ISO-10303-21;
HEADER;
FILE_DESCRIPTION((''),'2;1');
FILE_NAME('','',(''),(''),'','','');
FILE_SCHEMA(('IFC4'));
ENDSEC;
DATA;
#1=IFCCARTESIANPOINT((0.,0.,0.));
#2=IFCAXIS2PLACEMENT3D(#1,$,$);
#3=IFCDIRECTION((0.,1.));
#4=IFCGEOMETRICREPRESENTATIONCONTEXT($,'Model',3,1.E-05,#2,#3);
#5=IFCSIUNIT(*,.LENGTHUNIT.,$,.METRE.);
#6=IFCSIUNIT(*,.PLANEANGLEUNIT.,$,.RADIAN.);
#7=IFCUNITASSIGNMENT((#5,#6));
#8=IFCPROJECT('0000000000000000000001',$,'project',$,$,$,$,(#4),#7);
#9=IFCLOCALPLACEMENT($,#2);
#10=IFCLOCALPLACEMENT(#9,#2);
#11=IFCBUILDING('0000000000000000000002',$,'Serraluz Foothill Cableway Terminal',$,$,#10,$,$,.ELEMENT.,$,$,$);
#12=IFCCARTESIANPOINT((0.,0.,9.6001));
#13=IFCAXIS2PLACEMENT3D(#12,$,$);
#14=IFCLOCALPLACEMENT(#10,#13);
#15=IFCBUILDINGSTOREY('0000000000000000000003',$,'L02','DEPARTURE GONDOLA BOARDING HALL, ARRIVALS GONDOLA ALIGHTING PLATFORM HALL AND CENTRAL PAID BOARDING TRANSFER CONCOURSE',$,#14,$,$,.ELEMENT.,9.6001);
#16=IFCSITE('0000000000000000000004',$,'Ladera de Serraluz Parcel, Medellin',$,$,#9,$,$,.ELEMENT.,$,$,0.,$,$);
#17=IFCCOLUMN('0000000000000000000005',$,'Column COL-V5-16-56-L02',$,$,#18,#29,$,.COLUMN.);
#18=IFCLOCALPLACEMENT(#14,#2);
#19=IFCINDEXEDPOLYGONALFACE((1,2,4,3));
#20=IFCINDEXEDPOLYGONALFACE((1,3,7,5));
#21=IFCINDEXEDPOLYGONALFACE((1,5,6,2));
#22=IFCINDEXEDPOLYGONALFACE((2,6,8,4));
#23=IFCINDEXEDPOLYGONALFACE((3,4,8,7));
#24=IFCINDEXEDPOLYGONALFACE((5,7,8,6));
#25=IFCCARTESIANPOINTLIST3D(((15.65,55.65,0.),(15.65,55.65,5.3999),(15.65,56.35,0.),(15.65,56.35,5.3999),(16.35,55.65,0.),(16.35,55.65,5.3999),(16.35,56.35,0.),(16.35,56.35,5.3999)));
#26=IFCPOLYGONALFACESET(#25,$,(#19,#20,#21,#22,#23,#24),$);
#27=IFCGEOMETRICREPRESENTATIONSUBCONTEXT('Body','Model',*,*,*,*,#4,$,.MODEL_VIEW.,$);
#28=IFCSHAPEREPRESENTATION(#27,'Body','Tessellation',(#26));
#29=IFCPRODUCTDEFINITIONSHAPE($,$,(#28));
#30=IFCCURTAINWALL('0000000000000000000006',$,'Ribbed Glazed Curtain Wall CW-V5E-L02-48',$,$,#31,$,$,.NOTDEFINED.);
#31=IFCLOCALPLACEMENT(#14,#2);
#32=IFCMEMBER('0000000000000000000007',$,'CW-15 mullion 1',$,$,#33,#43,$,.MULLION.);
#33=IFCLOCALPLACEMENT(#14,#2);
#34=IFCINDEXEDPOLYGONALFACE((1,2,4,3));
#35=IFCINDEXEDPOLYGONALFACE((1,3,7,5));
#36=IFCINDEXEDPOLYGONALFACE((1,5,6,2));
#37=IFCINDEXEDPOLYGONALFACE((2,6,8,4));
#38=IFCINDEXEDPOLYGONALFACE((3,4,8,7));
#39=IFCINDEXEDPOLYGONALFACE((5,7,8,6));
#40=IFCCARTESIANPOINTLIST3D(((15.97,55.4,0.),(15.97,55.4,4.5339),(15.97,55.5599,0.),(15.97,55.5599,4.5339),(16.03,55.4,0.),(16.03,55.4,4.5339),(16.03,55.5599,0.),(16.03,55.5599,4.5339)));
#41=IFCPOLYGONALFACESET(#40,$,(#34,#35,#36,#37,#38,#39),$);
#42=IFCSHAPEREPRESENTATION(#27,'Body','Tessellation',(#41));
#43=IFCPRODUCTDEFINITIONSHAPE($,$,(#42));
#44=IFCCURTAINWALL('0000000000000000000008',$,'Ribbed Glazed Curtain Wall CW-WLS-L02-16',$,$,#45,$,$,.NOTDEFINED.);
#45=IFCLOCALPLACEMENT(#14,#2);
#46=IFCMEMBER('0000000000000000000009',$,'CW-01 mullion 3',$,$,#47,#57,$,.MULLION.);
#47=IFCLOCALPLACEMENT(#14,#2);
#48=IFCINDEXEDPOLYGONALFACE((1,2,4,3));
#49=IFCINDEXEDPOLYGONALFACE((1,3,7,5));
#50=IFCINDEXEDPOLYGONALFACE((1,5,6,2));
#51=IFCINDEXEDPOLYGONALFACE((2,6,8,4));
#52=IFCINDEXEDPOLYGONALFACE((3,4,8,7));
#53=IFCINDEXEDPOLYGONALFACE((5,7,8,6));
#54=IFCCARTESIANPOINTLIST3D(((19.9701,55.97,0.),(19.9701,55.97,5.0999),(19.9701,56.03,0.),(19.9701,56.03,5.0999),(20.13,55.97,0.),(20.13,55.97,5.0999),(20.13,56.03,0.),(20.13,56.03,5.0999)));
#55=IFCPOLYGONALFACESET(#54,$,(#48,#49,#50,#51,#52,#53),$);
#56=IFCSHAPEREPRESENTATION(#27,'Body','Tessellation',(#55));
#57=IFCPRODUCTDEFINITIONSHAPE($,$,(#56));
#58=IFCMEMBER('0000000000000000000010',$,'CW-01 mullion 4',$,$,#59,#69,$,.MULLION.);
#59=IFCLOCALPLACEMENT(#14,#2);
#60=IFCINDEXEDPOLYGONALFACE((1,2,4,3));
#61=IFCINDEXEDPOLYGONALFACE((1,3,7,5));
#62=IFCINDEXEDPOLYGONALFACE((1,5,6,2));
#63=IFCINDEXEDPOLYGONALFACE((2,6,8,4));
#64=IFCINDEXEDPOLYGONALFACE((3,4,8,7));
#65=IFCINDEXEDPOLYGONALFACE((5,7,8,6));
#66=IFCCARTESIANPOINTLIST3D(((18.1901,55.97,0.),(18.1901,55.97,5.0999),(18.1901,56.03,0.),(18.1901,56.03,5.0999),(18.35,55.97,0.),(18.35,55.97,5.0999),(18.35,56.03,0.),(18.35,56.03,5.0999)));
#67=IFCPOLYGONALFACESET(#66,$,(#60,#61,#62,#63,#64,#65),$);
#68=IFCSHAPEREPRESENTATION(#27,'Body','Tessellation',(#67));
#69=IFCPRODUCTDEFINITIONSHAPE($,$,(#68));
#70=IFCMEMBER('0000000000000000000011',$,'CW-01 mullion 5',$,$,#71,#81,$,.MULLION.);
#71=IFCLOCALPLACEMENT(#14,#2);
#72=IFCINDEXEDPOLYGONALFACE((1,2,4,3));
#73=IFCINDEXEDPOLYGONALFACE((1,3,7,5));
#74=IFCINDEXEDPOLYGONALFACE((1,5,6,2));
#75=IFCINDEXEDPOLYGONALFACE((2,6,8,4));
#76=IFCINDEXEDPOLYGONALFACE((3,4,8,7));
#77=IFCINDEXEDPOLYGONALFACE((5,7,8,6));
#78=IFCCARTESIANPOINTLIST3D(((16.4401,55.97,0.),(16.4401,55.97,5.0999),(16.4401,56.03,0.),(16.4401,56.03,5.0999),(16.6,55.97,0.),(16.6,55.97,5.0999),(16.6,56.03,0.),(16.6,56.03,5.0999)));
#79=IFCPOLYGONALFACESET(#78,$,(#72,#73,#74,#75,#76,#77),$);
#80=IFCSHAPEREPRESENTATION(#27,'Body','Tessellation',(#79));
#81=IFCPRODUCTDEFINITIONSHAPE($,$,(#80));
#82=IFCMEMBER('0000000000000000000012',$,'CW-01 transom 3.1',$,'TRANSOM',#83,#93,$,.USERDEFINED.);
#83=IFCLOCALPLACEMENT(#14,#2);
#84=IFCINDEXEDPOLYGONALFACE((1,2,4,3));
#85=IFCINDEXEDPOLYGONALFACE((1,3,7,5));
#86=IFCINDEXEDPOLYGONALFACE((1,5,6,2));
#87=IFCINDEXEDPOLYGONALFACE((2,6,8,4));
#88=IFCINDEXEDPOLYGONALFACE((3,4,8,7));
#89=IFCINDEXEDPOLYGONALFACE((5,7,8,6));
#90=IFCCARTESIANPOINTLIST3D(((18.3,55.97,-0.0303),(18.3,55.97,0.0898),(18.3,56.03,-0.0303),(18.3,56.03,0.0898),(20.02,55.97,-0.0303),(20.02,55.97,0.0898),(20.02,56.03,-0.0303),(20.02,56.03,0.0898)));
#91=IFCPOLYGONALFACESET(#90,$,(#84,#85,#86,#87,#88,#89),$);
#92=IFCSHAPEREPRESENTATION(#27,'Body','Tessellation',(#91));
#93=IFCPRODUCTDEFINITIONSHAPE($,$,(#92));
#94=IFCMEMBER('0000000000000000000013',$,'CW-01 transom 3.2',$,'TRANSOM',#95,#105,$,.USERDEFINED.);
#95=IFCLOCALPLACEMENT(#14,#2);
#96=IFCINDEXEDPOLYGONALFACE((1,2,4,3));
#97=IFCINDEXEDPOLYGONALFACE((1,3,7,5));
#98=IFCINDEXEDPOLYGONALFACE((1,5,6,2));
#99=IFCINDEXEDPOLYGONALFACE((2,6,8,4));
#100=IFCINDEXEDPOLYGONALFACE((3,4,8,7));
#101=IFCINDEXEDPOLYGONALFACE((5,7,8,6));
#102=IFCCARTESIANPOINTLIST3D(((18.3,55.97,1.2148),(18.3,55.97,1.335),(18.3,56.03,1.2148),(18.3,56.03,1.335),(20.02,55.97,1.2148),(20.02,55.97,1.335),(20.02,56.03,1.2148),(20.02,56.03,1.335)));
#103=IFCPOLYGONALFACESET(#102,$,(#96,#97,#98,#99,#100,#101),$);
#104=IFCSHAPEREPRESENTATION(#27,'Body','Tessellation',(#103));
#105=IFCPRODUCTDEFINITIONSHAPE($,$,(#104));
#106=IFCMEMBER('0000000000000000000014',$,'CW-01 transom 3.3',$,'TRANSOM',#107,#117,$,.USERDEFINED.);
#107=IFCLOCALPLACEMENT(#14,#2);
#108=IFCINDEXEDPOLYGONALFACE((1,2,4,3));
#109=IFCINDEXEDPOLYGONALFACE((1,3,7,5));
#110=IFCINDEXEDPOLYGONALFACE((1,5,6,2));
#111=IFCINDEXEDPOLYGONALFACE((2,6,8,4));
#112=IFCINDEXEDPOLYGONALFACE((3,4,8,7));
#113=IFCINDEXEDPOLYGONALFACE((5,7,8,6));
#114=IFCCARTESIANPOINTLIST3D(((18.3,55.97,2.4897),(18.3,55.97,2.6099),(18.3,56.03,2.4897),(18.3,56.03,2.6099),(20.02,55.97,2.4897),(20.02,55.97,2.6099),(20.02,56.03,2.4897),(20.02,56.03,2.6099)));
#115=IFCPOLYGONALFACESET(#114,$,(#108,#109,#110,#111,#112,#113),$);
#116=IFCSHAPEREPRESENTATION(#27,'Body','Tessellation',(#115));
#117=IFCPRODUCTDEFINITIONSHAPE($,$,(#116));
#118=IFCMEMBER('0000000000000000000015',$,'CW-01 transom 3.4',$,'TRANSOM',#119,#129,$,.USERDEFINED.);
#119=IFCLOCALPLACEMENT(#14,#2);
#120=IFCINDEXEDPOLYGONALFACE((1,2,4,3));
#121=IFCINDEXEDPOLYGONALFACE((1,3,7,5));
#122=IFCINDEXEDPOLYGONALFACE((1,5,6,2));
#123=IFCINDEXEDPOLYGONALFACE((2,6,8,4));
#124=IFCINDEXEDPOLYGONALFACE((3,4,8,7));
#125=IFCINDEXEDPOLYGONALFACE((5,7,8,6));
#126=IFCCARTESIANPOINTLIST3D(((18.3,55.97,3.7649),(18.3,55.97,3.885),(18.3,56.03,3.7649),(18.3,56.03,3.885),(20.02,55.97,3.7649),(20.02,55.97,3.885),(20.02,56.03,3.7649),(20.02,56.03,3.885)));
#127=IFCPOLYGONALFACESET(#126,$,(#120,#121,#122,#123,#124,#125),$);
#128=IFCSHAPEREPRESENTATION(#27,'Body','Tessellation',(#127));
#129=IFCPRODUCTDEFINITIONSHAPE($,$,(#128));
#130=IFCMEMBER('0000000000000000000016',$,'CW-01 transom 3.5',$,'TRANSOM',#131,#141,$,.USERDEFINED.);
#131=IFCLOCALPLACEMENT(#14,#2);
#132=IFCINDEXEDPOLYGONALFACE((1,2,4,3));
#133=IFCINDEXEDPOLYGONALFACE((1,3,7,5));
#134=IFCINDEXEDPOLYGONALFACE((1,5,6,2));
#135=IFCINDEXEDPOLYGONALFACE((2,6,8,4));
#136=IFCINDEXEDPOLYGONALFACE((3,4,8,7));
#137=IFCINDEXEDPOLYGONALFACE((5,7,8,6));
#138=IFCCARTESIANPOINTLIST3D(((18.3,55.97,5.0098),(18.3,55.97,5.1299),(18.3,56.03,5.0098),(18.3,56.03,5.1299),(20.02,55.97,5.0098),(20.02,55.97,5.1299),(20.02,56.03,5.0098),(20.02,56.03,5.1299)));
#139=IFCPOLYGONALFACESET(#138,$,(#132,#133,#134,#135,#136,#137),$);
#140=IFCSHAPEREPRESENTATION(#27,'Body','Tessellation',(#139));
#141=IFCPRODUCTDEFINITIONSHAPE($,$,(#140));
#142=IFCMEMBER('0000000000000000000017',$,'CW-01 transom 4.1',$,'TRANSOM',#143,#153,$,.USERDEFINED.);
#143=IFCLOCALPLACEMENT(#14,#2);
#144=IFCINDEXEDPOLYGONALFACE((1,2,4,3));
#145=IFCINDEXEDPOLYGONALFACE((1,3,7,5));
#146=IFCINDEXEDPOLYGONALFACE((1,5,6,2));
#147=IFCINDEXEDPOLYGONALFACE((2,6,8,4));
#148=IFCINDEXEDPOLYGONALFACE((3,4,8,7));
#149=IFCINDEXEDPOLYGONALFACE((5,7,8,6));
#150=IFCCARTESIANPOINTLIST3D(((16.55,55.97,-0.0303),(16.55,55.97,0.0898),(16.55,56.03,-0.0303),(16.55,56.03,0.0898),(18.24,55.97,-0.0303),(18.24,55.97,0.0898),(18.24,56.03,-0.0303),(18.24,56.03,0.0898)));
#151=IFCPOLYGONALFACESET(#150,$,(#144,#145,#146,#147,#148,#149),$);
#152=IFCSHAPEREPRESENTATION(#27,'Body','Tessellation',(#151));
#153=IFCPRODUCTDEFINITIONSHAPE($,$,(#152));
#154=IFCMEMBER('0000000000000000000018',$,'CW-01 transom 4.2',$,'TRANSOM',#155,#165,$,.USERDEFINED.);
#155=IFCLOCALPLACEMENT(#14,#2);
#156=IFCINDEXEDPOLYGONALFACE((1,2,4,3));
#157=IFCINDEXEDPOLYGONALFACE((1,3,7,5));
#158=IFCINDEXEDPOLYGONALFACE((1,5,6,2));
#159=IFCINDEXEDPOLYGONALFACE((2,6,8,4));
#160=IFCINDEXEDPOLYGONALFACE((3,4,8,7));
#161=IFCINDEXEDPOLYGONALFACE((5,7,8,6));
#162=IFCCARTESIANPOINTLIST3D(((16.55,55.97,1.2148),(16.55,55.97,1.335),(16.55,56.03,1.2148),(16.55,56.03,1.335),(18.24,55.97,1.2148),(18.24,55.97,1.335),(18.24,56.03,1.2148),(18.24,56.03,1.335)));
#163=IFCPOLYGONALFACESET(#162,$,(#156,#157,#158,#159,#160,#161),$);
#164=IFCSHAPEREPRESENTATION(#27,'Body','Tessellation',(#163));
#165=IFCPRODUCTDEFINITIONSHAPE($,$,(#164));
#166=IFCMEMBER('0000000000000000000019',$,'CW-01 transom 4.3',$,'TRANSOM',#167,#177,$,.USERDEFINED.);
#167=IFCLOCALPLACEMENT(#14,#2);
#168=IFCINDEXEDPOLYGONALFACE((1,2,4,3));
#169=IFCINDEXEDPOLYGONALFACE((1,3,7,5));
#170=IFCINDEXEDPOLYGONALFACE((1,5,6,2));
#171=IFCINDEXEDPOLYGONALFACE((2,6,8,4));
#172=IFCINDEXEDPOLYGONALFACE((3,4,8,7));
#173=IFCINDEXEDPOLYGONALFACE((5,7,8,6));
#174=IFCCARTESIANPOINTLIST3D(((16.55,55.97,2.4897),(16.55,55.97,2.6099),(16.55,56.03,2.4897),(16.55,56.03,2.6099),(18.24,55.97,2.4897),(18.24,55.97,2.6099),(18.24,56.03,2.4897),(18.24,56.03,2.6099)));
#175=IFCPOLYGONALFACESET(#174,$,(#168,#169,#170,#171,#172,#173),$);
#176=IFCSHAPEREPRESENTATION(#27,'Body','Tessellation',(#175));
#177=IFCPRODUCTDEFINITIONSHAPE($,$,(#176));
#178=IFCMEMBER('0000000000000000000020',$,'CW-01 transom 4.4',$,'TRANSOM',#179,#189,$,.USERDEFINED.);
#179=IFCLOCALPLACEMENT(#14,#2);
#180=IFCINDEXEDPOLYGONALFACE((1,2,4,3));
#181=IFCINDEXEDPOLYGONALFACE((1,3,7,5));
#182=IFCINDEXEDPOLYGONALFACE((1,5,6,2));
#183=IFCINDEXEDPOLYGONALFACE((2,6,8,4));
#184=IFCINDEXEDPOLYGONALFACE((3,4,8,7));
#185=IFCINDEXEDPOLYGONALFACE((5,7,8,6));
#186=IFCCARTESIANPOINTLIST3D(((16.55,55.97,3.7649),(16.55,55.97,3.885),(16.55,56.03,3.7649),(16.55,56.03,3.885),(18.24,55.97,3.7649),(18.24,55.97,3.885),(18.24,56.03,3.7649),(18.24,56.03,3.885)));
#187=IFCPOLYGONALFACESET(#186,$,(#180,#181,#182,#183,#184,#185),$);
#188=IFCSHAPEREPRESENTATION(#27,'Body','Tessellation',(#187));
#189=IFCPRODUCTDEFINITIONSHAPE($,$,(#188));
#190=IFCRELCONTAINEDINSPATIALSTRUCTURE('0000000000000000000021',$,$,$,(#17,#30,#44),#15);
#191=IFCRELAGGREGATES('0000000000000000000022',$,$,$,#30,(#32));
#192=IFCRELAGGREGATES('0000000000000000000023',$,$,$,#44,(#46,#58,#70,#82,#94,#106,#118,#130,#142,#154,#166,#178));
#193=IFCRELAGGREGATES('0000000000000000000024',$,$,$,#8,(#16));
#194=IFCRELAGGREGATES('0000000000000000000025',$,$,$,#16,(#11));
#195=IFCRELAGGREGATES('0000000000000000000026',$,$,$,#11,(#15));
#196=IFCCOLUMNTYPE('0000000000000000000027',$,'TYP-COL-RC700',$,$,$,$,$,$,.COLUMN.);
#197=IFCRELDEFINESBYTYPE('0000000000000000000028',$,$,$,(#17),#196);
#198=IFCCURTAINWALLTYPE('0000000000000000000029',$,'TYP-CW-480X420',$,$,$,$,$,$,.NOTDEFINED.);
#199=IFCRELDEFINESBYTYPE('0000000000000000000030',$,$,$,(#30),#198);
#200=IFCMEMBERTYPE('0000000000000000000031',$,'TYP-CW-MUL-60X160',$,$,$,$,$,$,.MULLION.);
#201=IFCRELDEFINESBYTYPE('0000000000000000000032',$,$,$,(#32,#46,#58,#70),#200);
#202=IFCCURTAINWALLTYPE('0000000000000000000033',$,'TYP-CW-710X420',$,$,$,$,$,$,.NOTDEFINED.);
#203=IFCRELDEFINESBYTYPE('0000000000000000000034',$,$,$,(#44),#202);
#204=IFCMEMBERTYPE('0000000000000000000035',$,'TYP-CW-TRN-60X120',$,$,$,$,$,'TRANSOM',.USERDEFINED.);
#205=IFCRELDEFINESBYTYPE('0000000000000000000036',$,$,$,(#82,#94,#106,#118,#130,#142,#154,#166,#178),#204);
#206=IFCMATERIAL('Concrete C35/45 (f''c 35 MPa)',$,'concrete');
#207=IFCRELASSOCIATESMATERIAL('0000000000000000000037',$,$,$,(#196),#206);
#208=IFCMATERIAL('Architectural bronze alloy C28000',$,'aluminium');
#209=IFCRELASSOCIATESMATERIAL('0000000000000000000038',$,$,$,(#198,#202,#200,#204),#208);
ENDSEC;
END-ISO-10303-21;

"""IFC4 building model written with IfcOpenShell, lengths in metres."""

from ifc_helpers import new_model, si_unit, direction, frame, origin, origin_2d, place, context, subcontext, project, spatial, rectangle, extrude, material, material_profile, profile_set, type_object, element, aggregate, save


model = new_model("IFC4")

# Units and contexts
model_context = context("Model", 3, precision=1e-05, world=origin(), true_north=direction((0.0, 1.0)))
body_context = subcontext(model_context, "Body", "Model", "MODEL_VIEW")
ifc_project = project(units=[si_unit("LENGTHUNIT", "METRE"), si_unit("PLANEANGLEUNIT", "RADIAN")], contexts=[model_context])

# Site, building, storey
site_placement = place(None, origin())
site = spatial("IfcSite", under=ifc_project, at=site_placement, Name="Ladera de Serraluz Parcel, Medellin", CompositionType="ELEMENT", RefElevation=0.0)
building_placement = place(site_placement, origin())
building = spatial("IfcBuilding", under=site, at=building_placement, Name="Serraluz Foothill Cableway Terminal", CompositionType="ELEMENT")
storey_placement = place(building_placement, frame((0.0, 0.0, 9.6001)))
storey = spatial("IfcBuildingStorey", under=building, at=storey_placement, Name="L02", Description="DEPARTURE GONDOLA BOARDING HALL, ARRIVALS GONDOLA ALIGHTING PLATFORM HALL AND CENTRAL PAID BOARDING TRANSFER CONCOURSE", CompositionType="ELEMENT", Elevation=9.6001)

# Column
ifc_material_1 = material(Name="Concrete C35/45 (f'c 35 MPa)", Category="concrete")
ifc_material_profile_1 = material_profile(ifc_material_1, rectangle(XDim=0.7, YDim=0.7, at=origin_2d()), Name="RC 700x700")
ifc_profile_set_1 = profile_set([ifc_material_profile_1], Name="Concrete C35/45 (f'c 35 MPa)")
column_type = type_object("IfcColumnType", Name="TYP-COL-RC700", PredefinedType="COLUMN", material=ifc_profile_set_1)
column_placement = place(storey_placement, frame((16.0, 56.0, 0.0), z_axis=(0.0, 0.0, 1.0), x_axis=(1.0, 0.0, 0.0)))
element("IfcColumn", 1, at=column_placement, inside=storey, type_object=column_type, Name="Column COL-V5-16-56-L02", PredefinedType="COLUMN", context=body_context, shape_type="SweptSolid", body=[
    extrude(rectangle(XDim=0.7, YDim=0.7, at=origin_2d()), origin(), (0.0, 0.0, 1.0), 5.3999),
])

# Curtain wall, member
ifc_material_2 = material(Name="Architectural bronze alloy C28000", Category="aluminium")
curtain_wall_type_1 = type_object("IfcCurtainWallType", Name="TYP-CW-480X420", PredefinedType="NOTDEFINED", material=ifc_material_2)
curtain_wall_1_placement = place(storey_placement, origin())
curtain_wall_1 = element("IfcCurtainWall", 2, at=curtain_wall_1_placement, inside=storey, type_object=curtain_wall_type_1, Name="Ribbed Glazed Curtain Wall CW-V5E-L02-48", PredefinedType="NOTDEFINED")
ifc_material_profile_2 = material_profile(ifc_material_2, rectangle(XDim=0.0601, YDim=0.1599, at=origin_2d()), Name="ALU MULLION 60x160")
ifc_profile_set_2 = profile_set([ifc_material_profile_2], Name="Architectural bronze alloy C28000")
member_type_1 = type_object("IfcMemberType", Name="TYP-CW-MUL-60X160", PredefinedType="MULLION", material=ifc_profile_set_2)
member_1_placement = place(storey_placement, frame((16.0, 55.48, 0.0), z_axis=(0.0, 0.0, 1.0), x_axis=(1.0, 0.0, 0.0)))
member_1 = element("IfcMember", 3, at=member_1_placement, type_object=member_type_1, Name="CW-15 mullion 1", PredefinedType="MULLION", context=body_context, shape_type="SweptSolid", body=[
    extrude(rectangle(XDim=0.0601, YDim=0.1599, at=origin_2d()), origin(), (0.0, 0.0, 1.0), 4.5339),
])
aggregate(curtain_wall_1, [member_1])

# Curtain wall, members
curtain_wall_type_2 = type_object("IfcCurtainWallType", Name="TYP-CW-710X420", PredefinedType="NOTDEFINED", material=ifc_material_2)
curtain_wall_2_placement = place(storey_placement, origin())
curtain_wall_2 = element("IfcCurtainWall", 4, at=curtain_wall_2_placement, inside=storey, type_object=curtain_wall_type_2, Name="Ribbed Glazed Curtain Wall CW-WLS-L02-16", PredefinedType="NOTDEFINED")
member_2_placement = place(storey_placement, frame((20.05, 56.0, 0.0), z_axis=(0.0, 0.0, 1.0), x_axis=(0.0, -1.0, 0.0)))
member_2 = element("IfcMember", 5, at=member_2_placement, type_object=member_type_1, Name="CW-01 mullion 3", PredefinedType="MULLION", context=body_context, shape_type="SweptSolid", body=[
    extrude(rectangle(XDim=0.0601, YDim=0.1599, at=origin_2d()), origin(), (0.0, 0.0, 1.0), 5.0999),
])
member_3_placement = place(storey_placement, frame((18.27, 56.0, 0.0), z_axis=(0.0, 0.0, 1.0), x_axis=(0.0, -1.0, 0.0)))
member_3 = element("IfcMember", 6, at=member_3_placement, type_object=member_type_1, Name="CW-01 mullion 4", PredefinedType="MULLION", context=body_context, shape_type="SweptSolid", body=[
    extrude(rectangle(XDim=0.0601, YDim=0.1599, at=origin_2d()), origin(), (0.0, 0.0, 1.0), 5.0999),
])
member_4_placement = place(storey_placement, frame((16.52, 56.0, 0.0), z_axis=(0.0, 0.0, 1.0), x_axis=(0.0, -1.0, 0.0)))
member_4 = element("IfcMember", 7, at=member_4_placement, type_object=member_type_1, Name="CW-01 mullion 5", PredefinedType="MULLION", context=body_context, shape_type="SweptSolid", body=[
    extrude(rectangle(XDim=0.0601, YDim=0.1599, at=origin_2d()), origin(), (0.0, 0.0, 1.0), 5.0999),
])
ifc_material_profile_3 = material_profile(ifc_material_2, rectangle(XDim=0.0601, YDim=0.1201, at=origin_2d()), Name="ALU TRANSOM 60x120")
ifc_profile_set_3 = profile_set([ifc_material_profile_3], Name="Architectural bronze alloy C28000")
member_type_2 = type_object("IfcMemberType", Name="TYP-CW-TRN-60X120", ElementType="TRANSOM", PredefinedType="USERDEFINED", material=ifc_profile_set_3)
member_5_placement = place(storey_placement, frame((20.02, 56.0, 0.0298), z_axis=(-1.0, 0.0, 0.0), x_axis=(0.0, -1.0, 0.0)))
member_5 = element("IfcMember", 8, at=member_5_placement, type_object=member_type_2, Name="CW-01 transom 3.1", ObjectType="TRANSOM", PredefinedType="USERDEFINED", context=body_context, shape_type="SweptSolid", body=[
    extrude(rectangle(XDim=0.0601, YDim=0.1201, at=origin_2d()), origin(), (0.0, 0.0, 1.0), 1.72),
])
member_6_placement = place(storey_placement, frame((20.02, 56.0, 1.2749), z_axis=(-1.0, 0.0, 0.0), x_axis=(0.0, -1.0, 0.0)))
member_6 = element("IfcMember", 9, at=member_6_placement, type_object=member_type_2, Name="CW-01 transom 3.2", ObjectType="TRANSOM", PredefinedType="USERDEFINED", context=body_context, shape_type="SweptSolid", body=[
    extrude(rectangle(XDim=0.0601, YDim=0.1201, at=origin_2d()), origin(), (0.0, 0.0, 1.0), 1.72),
])
member_7_placement = place(storey_placement, frame((20.02, 56.0, 2.5498), z_axis=(-1.0, 0.0, 0.0), x_axis=(0.0, -1.0, 0.0)))
member_7 = element("IfcMember", 10, at=member_7_placement, type_object=member_type_2, Name="CW-01 transom 3.3", ObjectType="TRANSOM", PredefinedType="USERDEFINED", context=body_context, shape_type="SweptSolid", body=[
    extrude(rectangle(XDim=0.0601, YDim=0.1201, at=origin_2d()), origin(), (0.0, 0.0, 1.0), 1.72),
])
member_8_placement = place(storey_placement, frame((20.02, 56.0, 3.825), z_axis=(-1.0, 0.0, 0.0), x_axis=(0.0, -1.0, 0.0)))
member_8 = element("IfcMember", 11, at=member_8_placement, type_object=member_type_2, Name="CW-01 transom 3.4", ObjectType="TRANSOM", PredefinedType="USERDEFINED", context=body_context, shape_type="SweptSolid", body=[
    extrude(rectangle(XDim=0.0601, YDim=0.1201, at=origin_2d()), origin(), (0.0, 0.0, 1.0), 1.72),
])
member_9_placement = place(storey_placement, frame((20.02, 56.0, 5.0698), z_axis=(-1.0, 0.0, 0.0), x_axis=(0.0, -1.0, 0.0)))
member_9 = element("IfcMember", 12, at=member_9_placement, type_object=member_type_2, Name="CW-01 transom 3.5", ObjectType="TRANSOM", PredefinedType="USERDEFINED", context=body_context, shape_type="SweptSolid", body=[
    extrude(rectangle(XDim=0.0601, YDim=0.1201, at=origin_2d()), origin(), (0.0, 0.0, 1.0), 1.72),
])
member_10_placement = place(storey_placement, frame((18.24, 56.0, 0.0298), z_axis=(-1.0, 0.0, 0.0), x_axis=(0.0, -1.0, 0.0)))
member_10 = element("IfcMember", 13, at=member_10_placement, type_object=member_type_2, Name="CW-01 transom 4.1", ObjectType="TRANSOM", PredefinedType="USERDEFINED", context=body_context, shape_type="SweptSolid", body=[
    extrude(rectangle(XDim=0.0601, YDim=0.1201, at=origin_2d()), origin(), (0.0, 0.0, 1.0), 1.6899),
])
member_11_placement = place(storey_placement, frame((18.24, 56.0, 1.2749), z_axis=(-1.0, 0.0, 0.0), x_axis=(0.0, -1.0, 0.0)))
member_11 = element("IfcMember", 14, at=member_11_placement, type_object=member_type_2, Name="CW-01 transom 4.2", ObjectType="TRANSOM", PredefinedType="USERDEFINED", context=body_context, shape_type="SweptSolid", body=[
    extrude(rectangle(XDim=0.0601, YDim=0.1201, at=origin_2d()), origin(), (0.0, 0.0, 1.0), 1.6899),
])
member_12_placement = place(storey_placement, frame((18.24, 56.0, 2.5498), z_axis=(-1.0, 0.0, 0.0), x_axis=(0.0, -1.0, 0.0)))
member_12 = element("IfcMember", 15, at=member_12_placement, type_object=member_type_2, Name="CW-01 transom 4.3", ObjectType="TRANSOM", PredefinedType="USERDEFINED", context=body_context, shape_type="SweptSolid", body=[
    extrude(rectangle(XDim=0.0601, YDim=0.1201, at=origin_2d()), origin(), (0.0, 0.0, 1.0), 1.6899),
])
member_13_placement = place(storey_placement, frame((18.24, 56.0, 3.825), z_axis=(-1.0, 0.0, 0.0), x_axis=(0.0, -1.0, 0.0)))
member_13 = element("IfcMember", 16, at=member_13_placement, type_object=member_type_2, Name="CW-01 transom 4.4", ObjectType="TRANSOM", PredefinedType="USERDEFINED", context=body_context, shape_type="SweptSolid", body=[
    extrude(rectangle(XDim=0.0601, YDim=0.1201, at=origin_2d()), origin(), (0.0, 0.0, 1.0), 1.6899),
])
aggregate(curtain_wall_2, [member_2, member_3, member_4, member_5, member_6, member_7, member_8, member_9, member_10, member_11, member_12, member_13])

save(model, "model.ifc")
